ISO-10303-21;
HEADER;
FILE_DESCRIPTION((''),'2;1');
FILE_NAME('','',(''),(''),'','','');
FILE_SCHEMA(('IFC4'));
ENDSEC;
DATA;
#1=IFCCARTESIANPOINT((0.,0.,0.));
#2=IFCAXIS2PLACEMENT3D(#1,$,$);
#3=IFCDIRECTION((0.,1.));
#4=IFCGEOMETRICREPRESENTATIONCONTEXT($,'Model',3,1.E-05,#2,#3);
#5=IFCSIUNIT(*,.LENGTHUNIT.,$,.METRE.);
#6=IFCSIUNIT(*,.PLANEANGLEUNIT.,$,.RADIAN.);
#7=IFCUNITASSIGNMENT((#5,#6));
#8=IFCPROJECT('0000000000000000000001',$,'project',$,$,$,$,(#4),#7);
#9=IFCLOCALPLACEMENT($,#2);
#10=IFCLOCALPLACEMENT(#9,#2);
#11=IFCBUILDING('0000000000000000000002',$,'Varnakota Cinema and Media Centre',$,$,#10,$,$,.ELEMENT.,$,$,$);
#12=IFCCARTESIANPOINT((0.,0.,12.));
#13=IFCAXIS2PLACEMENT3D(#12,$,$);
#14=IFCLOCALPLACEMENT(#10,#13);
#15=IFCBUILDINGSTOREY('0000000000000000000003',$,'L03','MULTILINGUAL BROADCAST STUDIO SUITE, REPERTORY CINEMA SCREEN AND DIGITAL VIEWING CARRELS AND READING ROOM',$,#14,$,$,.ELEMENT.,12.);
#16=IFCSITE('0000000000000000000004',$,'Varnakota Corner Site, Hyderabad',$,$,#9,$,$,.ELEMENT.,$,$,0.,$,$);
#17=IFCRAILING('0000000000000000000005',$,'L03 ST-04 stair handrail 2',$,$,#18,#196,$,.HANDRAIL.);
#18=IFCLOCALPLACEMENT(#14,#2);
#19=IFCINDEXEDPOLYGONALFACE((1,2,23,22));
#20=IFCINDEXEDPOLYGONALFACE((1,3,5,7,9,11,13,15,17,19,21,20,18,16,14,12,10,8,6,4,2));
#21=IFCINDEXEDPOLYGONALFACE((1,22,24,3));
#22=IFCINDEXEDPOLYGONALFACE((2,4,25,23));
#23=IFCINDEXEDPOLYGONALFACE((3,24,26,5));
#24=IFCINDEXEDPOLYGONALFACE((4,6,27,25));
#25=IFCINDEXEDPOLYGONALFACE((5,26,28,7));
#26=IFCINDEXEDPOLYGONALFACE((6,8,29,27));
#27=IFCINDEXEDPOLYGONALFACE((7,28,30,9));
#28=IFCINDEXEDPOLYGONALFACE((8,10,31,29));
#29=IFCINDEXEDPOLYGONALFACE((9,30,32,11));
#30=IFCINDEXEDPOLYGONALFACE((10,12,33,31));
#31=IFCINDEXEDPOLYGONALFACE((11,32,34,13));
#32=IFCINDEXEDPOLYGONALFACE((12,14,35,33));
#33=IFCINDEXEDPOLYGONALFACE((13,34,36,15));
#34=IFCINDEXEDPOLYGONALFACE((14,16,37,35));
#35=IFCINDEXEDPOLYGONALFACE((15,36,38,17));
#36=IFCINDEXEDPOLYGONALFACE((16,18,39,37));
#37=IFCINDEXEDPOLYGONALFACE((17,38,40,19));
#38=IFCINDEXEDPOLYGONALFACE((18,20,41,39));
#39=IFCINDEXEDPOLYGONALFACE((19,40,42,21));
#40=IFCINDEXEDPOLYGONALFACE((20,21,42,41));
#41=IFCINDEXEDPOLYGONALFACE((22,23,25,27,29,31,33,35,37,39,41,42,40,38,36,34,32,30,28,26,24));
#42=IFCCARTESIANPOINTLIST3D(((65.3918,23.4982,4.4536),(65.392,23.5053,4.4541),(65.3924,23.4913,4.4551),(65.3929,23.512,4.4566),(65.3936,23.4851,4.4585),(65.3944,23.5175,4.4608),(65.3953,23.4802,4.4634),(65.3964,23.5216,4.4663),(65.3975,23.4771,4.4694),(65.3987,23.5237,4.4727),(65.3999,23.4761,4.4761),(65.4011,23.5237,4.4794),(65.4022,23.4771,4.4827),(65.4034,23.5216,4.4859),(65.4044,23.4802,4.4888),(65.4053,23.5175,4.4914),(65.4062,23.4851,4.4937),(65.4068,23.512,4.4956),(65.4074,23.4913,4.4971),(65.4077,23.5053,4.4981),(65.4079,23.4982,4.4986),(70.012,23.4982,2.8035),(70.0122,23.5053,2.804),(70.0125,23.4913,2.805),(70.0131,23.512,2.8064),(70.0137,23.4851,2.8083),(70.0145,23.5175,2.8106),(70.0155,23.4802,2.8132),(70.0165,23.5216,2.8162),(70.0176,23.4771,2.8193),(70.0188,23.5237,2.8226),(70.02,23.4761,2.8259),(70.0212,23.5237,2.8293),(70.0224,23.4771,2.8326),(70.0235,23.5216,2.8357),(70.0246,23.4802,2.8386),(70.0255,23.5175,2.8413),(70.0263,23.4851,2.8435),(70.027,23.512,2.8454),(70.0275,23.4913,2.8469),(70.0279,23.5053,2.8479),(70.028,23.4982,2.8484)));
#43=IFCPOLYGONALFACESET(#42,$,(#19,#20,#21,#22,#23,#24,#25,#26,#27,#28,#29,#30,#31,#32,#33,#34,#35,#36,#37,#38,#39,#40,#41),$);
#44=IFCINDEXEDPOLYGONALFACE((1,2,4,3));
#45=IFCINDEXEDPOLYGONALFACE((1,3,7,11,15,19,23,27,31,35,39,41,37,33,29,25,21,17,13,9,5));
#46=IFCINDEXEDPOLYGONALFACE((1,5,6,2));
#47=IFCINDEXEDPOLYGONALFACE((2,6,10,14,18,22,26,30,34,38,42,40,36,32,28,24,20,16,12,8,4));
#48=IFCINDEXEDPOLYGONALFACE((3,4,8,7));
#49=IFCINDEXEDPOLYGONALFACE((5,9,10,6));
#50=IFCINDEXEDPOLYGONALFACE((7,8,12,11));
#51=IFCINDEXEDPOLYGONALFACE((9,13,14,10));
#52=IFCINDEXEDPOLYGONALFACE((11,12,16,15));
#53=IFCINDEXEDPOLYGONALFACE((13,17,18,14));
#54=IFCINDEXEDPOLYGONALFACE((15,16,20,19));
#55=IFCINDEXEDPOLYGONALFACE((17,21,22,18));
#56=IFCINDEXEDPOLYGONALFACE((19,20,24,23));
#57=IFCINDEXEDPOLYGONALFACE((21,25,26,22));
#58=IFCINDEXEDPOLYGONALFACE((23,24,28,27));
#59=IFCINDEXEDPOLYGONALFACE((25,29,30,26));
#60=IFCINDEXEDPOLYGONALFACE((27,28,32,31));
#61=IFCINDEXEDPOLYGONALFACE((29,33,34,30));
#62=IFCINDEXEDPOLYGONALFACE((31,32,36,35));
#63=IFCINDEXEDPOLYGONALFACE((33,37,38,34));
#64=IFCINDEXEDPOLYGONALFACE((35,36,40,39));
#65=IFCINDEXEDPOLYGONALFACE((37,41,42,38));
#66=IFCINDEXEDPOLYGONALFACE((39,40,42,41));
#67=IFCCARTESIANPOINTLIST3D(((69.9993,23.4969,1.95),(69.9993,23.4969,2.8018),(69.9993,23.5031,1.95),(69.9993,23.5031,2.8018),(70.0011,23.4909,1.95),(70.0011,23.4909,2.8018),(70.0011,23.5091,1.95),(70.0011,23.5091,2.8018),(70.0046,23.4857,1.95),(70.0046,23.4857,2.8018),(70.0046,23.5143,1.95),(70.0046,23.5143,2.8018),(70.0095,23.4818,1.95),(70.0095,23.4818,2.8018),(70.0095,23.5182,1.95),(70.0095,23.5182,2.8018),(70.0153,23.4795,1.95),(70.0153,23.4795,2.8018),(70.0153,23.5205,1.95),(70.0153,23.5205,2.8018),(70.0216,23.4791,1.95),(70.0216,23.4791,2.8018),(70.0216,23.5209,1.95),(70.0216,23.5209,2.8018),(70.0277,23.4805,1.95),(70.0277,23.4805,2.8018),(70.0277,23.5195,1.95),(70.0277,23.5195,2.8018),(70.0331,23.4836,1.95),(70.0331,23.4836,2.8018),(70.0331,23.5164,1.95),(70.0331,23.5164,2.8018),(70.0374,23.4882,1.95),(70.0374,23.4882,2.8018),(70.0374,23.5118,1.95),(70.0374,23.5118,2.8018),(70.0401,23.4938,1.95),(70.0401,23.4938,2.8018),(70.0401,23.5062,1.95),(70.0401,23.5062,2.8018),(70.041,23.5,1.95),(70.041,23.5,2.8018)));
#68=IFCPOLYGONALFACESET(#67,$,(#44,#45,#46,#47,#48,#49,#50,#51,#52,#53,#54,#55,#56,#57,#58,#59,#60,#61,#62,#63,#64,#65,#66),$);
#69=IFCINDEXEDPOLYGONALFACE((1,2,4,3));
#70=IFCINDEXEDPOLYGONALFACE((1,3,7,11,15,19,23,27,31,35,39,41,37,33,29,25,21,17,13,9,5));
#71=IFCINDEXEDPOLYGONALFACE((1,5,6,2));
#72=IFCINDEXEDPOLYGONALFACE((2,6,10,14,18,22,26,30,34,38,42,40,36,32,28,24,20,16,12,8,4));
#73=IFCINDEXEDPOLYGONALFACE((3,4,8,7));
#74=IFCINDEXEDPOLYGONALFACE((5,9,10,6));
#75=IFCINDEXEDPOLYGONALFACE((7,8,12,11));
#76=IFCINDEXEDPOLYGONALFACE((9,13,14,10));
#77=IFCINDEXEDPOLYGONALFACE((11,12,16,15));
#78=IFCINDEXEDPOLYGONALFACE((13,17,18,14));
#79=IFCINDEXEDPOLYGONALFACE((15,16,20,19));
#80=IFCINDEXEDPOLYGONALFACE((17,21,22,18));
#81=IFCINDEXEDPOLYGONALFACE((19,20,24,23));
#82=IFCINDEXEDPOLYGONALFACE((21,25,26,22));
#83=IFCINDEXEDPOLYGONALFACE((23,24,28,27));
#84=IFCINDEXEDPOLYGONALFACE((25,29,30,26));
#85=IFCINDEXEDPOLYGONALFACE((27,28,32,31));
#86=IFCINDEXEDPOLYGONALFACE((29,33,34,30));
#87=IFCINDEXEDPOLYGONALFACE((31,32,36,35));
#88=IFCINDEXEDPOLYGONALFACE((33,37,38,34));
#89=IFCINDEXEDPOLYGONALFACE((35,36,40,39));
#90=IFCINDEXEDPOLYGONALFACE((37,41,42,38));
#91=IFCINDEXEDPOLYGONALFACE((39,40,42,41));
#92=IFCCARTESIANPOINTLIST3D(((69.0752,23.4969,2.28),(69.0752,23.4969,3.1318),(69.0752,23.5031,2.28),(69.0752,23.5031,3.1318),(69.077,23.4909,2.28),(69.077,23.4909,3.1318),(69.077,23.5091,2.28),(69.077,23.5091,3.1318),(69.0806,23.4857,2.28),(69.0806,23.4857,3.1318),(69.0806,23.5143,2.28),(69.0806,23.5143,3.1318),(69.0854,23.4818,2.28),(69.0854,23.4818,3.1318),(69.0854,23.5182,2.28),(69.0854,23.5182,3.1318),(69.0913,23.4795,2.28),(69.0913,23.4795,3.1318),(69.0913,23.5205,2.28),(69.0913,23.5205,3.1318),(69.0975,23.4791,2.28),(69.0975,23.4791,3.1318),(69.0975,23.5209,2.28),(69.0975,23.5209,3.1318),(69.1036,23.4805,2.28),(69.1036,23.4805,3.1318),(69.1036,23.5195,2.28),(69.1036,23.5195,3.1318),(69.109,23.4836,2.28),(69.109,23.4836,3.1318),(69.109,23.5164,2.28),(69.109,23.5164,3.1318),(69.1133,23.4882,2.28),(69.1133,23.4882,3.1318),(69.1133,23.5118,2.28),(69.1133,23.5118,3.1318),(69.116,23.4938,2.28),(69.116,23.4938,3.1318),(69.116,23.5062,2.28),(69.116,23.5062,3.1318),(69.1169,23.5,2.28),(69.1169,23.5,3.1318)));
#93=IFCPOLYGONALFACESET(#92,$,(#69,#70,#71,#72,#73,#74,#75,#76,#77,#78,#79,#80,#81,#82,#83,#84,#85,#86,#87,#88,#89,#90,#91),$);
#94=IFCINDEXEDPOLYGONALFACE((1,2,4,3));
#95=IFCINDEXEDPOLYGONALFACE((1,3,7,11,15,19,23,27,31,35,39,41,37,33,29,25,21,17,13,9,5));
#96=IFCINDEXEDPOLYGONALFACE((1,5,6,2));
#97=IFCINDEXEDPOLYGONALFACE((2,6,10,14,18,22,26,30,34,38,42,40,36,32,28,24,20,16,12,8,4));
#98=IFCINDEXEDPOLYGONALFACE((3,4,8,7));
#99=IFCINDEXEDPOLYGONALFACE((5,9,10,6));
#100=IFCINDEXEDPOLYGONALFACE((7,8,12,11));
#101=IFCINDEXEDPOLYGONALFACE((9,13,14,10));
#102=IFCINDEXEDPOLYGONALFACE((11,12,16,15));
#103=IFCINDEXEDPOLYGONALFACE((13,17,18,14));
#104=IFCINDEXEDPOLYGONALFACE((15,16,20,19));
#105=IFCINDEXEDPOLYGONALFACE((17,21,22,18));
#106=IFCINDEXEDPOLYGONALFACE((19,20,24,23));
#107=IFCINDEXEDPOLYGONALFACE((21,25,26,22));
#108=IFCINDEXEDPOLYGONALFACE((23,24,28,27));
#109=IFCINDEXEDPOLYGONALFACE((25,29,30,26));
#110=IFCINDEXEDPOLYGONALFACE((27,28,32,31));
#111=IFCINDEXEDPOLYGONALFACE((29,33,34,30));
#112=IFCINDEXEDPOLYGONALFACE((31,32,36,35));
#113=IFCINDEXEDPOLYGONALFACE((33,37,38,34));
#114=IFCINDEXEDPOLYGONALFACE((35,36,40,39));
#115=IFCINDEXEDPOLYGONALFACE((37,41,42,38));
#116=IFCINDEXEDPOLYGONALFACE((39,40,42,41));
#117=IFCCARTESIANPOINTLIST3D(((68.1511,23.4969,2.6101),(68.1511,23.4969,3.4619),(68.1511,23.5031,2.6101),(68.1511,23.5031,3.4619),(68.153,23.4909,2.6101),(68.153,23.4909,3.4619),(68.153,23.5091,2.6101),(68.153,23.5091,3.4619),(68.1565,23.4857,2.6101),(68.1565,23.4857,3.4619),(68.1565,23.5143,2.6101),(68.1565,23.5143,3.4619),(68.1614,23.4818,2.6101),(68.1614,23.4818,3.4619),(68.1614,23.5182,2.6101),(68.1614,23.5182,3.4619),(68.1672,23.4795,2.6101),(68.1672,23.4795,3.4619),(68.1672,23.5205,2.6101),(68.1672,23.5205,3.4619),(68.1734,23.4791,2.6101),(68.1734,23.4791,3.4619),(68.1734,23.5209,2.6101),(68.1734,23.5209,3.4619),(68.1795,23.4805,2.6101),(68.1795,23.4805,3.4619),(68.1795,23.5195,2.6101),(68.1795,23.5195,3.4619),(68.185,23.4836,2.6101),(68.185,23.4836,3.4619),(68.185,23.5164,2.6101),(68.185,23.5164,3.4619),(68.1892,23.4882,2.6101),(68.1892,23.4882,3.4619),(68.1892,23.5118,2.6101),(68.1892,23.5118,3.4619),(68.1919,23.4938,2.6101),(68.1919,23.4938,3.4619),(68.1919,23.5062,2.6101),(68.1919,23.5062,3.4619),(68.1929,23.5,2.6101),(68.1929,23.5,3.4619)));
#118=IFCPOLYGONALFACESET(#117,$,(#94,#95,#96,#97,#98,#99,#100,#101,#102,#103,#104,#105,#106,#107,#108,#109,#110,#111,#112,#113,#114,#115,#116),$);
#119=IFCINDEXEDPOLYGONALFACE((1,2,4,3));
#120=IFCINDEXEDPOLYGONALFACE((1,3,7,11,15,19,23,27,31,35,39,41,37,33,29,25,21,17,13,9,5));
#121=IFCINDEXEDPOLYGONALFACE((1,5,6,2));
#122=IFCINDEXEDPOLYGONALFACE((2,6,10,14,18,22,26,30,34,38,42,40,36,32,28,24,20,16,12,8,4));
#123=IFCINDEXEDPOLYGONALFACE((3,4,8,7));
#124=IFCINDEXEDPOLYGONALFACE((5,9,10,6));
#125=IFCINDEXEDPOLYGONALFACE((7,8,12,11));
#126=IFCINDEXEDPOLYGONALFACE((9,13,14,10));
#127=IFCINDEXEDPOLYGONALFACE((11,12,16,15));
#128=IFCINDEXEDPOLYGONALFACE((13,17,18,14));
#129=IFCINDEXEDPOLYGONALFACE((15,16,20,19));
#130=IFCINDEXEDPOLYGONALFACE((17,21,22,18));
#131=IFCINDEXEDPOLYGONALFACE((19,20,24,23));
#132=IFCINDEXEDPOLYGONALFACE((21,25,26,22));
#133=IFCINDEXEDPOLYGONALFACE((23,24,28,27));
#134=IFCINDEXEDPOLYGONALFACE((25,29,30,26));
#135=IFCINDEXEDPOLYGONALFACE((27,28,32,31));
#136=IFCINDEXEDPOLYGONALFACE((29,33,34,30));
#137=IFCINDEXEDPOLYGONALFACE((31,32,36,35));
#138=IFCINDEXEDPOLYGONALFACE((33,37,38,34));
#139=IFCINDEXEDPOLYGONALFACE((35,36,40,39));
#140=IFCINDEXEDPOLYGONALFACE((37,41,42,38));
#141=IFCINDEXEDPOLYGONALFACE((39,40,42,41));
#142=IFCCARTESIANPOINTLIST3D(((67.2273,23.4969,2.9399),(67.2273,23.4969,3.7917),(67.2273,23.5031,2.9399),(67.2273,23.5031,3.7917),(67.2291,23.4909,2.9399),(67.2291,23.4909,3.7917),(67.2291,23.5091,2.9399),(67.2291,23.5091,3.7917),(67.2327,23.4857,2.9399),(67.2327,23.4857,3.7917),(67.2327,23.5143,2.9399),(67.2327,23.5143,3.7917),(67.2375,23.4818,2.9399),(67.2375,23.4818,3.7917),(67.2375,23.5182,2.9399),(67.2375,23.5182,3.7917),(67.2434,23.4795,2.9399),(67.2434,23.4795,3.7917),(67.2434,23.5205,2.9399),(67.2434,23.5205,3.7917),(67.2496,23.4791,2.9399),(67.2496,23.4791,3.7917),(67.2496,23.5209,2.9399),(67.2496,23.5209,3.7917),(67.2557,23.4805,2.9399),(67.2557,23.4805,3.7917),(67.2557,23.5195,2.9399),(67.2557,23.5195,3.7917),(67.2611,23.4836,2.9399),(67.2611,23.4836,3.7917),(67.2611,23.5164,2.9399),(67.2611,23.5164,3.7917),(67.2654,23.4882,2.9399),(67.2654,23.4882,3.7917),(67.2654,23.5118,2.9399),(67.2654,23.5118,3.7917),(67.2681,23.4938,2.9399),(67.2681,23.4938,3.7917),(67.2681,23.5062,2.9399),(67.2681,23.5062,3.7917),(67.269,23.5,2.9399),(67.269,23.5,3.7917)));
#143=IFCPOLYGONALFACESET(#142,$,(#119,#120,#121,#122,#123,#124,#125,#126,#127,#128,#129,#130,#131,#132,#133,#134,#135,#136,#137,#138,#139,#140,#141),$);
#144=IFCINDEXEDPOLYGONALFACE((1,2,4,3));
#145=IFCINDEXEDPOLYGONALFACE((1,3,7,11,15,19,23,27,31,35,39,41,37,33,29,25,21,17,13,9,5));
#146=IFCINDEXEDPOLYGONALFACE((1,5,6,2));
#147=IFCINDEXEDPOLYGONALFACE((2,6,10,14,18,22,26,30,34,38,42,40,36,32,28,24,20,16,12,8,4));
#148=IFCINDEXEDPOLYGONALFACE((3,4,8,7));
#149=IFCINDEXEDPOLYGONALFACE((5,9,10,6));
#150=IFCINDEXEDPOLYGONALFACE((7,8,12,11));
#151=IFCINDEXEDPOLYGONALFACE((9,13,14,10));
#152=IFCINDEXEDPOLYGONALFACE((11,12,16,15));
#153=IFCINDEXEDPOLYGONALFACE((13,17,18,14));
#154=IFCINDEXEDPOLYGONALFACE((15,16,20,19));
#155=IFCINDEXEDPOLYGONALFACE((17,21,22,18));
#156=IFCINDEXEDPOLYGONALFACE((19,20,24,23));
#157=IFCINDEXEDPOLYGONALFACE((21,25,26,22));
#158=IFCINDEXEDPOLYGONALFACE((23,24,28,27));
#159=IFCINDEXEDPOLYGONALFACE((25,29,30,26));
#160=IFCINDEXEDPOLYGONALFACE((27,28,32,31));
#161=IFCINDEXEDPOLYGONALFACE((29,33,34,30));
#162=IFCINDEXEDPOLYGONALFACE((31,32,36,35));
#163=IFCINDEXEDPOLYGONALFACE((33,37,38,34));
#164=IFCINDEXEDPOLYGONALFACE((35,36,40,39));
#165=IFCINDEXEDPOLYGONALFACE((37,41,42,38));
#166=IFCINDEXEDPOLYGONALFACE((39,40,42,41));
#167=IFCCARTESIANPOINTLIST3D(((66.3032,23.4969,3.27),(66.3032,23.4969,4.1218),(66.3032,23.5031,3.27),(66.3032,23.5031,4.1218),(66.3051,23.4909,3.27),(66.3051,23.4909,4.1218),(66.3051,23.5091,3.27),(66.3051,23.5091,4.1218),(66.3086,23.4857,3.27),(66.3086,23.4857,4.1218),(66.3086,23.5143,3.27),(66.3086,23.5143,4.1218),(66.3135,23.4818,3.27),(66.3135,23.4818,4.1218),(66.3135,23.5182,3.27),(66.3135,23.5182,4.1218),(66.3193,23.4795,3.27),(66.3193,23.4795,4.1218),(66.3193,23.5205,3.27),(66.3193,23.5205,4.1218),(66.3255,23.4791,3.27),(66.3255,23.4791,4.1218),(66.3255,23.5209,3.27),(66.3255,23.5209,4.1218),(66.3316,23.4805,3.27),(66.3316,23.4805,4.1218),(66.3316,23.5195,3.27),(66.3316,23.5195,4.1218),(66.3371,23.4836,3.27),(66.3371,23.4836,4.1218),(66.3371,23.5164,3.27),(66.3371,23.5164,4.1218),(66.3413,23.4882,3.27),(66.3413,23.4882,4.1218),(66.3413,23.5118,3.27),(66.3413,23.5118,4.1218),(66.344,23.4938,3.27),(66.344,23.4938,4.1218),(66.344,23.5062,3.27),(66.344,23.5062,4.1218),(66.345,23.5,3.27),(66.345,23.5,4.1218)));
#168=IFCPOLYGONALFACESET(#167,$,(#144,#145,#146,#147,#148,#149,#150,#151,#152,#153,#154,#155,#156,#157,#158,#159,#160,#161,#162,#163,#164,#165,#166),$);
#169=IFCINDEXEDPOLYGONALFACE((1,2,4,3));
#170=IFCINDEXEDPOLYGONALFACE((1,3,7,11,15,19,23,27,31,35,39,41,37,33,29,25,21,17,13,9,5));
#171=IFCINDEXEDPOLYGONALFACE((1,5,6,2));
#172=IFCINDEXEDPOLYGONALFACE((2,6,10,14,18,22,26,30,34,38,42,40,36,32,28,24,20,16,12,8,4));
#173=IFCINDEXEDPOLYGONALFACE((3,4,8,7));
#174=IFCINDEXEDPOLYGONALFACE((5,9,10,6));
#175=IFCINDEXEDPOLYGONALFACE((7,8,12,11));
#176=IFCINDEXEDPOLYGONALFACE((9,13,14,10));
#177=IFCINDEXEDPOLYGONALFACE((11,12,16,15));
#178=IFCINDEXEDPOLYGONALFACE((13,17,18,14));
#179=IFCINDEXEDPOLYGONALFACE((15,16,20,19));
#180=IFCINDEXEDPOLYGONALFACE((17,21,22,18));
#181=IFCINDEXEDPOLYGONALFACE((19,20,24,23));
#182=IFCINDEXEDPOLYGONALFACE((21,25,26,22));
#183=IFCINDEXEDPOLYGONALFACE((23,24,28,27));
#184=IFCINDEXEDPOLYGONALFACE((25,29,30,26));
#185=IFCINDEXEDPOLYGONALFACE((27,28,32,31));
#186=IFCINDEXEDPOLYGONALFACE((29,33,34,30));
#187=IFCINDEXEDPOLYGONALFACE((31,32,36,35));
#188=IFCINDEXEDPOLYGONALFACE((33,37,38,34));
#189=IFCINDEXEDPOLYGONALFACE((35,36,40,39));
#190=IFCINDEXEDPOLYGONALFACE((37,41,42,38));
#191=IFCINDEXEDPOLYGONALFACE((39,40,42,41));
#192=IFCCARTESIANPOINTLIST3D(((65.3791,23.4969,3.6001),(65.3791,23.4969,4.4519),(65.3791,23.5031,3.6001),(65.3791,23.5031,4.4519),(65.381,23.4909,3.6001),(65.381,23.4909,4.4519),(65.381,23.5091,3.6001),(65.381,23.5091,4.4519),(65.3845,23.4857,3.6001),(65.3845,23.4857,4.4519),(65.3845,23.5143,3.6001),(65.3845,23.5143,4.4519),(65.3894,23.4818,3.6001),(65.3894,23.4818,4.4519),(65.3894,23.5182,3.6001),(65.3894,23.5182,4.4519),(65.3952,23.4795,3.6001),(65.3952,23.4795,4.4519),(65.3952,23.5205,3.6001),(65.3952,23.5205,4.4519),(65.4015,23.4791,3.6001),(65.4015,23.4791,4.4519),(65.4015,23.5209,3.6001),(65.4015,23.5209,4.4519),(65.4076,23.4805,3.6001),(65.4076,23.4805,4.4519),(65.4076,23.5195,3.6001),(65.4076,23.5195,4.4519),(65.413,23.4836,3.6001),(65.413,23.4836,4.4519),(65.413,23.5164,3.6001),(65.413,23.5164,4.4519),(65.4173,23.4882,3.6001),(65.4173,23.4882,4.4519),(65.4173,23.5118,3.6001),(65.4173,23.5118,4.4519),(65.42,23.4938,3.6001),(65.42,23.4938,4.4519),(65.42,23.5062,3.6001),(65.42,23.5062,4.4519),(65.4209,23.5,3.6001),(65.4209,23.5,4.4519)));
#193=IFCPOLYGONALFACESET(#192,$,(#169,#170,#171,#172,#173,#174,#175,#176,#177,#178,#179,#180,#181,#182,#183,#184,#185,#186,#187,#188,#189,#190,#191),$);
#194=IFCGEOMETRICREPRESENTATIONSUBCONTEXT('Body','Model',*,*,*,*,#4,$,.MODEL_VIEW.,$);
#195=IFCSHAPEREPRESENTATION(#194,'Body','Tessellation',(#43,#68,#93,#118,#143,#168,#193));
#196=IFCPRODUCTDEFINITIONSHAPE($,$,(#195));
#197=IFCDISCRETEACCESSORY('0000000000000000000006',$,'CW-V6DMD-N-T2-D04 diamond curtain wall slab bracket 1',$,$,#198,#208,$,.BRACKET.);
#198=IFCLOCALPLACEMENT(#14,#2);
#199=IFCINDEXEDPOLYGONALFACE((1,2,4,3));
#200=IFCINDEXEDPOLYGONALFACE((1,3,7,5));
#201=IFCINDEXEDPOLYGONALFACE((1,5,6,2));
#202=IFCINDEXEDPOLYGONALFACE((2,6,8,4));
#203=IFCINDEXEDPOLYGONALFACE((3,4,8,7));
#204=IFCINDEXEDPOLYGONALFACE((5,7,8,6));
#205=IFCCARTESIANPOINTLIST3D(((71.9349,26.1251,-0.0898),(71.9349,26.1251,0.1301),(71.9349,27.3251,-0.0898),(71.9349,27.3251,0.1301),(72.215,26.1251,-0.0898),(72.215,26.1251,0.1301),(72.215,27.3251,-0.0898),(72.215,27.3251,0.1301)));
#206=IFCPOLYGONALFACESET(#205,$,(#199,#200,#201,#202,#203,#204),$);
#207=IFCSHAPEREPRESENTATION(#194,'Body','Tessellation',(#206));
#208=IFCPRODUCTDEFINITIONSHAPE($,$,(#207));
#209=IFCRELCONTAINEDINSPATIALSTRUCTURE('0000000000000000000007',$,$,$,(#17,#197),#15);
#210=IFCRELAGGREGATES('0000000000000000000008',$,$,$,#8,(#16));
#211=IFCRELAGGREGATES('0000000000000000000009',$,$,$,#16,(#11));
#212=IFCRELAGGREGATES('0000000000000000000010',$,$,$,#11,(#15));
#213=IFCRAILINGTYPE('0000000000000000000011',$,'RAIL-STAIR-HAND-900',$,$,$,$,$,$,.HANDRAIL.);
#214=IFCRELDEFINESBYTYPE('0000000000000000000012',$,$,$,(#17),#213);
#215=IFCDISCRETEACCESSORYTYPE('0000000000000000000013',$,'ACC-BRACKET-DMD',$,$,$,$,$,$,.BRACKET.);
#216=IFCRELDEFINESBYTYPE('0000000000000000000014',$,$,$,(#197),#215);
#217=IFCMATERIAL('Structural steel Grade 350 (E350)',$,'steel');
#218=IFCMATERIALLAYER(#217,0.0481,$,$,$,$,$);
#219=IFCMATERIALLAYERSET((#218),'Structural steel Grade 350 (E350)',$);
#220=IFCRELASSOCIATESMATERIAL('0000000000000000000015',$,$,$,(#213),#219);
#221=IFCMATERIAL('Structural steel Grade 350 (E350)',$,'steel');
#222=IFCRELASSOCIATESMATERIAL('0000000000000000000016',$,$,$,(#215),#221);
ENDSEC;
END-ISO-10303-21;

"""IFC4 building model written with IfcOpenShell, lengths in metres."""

from ifc_helpers import new_model, si_unit, direction, frame, origin, origin_2d, place, context, subcontext, project, spatial, rectangle, circle, extrude, material, layer, layer_set, type_object, element, save


model = new_model("IFC4")

# Units and contexts
model_context = context("Model", 3, precision=1e-05, world=origin(), true_north=direction((0.0, 1.0)))
body_context = subcontext(model_context, "Body", "Model", "MODEL_VIEW")
ifc_project = project(units=[si_unit("LENGTHUNIT", "METRE"), si_unit("PLANEANGLEUNIT", "RADIAN")], contexts=[model_context])

# Site, building, storey
site_placement = place(None, origin())
site = spatial("IfcSite", under=ifc_project, at=site_placement, Name="Varnakota Corner Site, Hyderabad", CompositionType="ELEMENT", RefElevation=0.0)
building_placement = place(site_placement, origin())
building = spatial("IfcBuilding", under=site, at=building_placement, Name="Varnakota Cinema and Media Centre", CompositionType="ELEMENT")
storey_placement = place(building_placement, frame((0.0, 0.0, 12.0)))
storey = spatial("IfcBuildingStorey", under=building, at=storey_placement, Name="L03", Description="MULTILINGUAL BROADCAST STUDIO SUITE, REPERTORY CINEMA SCREEN AND DIGITAL VIEWING CARRELS AND READING ROOM", CompositionType="ELEMENT", Elevation=12.0)

# Railing
ifc_material_1 = material(Name="Structural steel Grade 350 (E350)", Category="steel")
ifc_layer_1 = layer(ifc_material_1, 0.0481)
ifc_layer_set_1 = layer_set([ifc_layer_1], Name="Structural steel Grade 350 (E350)")
railing_type_1 = type_object("IfcRailingType", Name="RAIL-STAIR-HAND-900", PredefinedType="HANDRAIL", material=ifc_layer_set_1)
railing_1_placement = place(storey_placement, frame((70.02, 23.5, 1.95)))
element("IfcRailing", 1, at=railing_1_placement, inside=storey, type_object=railing_type_1, Name="L03 ST-04 stair handrail 2", PredefinedType="HANDRAIL", context=body_context, shape_type="SweptSolid", body=[
    extrude(circle(Radius=0.0239, at=origin_2d()), frame((0.0, 0.0, 0.876), z_axis=(-0.941735, 0.0, 0.336355), x_axis=(0.0, -1.0, 0.0)), (0.0, 0.0, 1.0), 4.906),
    extrude(circle(Radius=0.021, at=origin_2d()), origin(), (0.0, 0.0, 1.0), 0.8518),
    extrude(circle(Radius=0.021, at=origin_2d()), frame((-0.9241, 0.0, 0.3301)), (0.0, 0.0, 1.0), 0.8518),
    extrude(circle(Radius=0.021, at=origin_2d()), frame((-1.8481, 0.0, 0.6602)), (0.0, 0.0, 1.0), 0.8518),
    extrude(circle(Radius=0.021, at=origin_2d()), frame((-2.772, 0.0, 0.99)), (0.0, 0.0, 1.0), 0.8518),
    extrude(circle(Radius=0.021, at=origin_2d()), frame((-3.696, 0.0, 1.3201)), (0.0, 0.0, 1.0), 0.8518),
    extrude(circle(Radius=0.021, at=origin_2d()), frame((-4.6201, 0.0, 1.6501)), (0.0, 0.0, 1.0), 0.8518),
])

# Discrete accessory
ifc_material_2 = material(Name="Structural steel Grade 350 (E350)", Category="steel")
discrete_accessory_type_1 = type_object("IfcDiscreteAccessoryType", Name="ACC-BRACKET-DMD", PredefinedType="BRACKET", material=ifc_material_2)
for number, where, z_axis, x_axis, name in (
    (2, (72.075, 26.7251, -0.0898), (0.0, 0.0, 1.0), (1.0, 0.0, 0.0), "CW-V6DMD-N-T2-D04 diamond curtain wall slab bracket 1"),
):
    element("IfcDiscreteAccessory", number, at=place(storey_placement, frame(where, z_axis=z_axis, x_axis=x_axis)), inside=storey, type_object=discrete_accessory_type_1, Name=name, PredefinedType="BRACKET", context=body_context, shape_type="SweptSolid", body=[
        extrude(rectangle(XDim=0.28, YDim=1.2, at=origin_2d()), origin(), (0.0, 0.0, 1.0), 0.22),
    ])

save(model, "model.ifc")
